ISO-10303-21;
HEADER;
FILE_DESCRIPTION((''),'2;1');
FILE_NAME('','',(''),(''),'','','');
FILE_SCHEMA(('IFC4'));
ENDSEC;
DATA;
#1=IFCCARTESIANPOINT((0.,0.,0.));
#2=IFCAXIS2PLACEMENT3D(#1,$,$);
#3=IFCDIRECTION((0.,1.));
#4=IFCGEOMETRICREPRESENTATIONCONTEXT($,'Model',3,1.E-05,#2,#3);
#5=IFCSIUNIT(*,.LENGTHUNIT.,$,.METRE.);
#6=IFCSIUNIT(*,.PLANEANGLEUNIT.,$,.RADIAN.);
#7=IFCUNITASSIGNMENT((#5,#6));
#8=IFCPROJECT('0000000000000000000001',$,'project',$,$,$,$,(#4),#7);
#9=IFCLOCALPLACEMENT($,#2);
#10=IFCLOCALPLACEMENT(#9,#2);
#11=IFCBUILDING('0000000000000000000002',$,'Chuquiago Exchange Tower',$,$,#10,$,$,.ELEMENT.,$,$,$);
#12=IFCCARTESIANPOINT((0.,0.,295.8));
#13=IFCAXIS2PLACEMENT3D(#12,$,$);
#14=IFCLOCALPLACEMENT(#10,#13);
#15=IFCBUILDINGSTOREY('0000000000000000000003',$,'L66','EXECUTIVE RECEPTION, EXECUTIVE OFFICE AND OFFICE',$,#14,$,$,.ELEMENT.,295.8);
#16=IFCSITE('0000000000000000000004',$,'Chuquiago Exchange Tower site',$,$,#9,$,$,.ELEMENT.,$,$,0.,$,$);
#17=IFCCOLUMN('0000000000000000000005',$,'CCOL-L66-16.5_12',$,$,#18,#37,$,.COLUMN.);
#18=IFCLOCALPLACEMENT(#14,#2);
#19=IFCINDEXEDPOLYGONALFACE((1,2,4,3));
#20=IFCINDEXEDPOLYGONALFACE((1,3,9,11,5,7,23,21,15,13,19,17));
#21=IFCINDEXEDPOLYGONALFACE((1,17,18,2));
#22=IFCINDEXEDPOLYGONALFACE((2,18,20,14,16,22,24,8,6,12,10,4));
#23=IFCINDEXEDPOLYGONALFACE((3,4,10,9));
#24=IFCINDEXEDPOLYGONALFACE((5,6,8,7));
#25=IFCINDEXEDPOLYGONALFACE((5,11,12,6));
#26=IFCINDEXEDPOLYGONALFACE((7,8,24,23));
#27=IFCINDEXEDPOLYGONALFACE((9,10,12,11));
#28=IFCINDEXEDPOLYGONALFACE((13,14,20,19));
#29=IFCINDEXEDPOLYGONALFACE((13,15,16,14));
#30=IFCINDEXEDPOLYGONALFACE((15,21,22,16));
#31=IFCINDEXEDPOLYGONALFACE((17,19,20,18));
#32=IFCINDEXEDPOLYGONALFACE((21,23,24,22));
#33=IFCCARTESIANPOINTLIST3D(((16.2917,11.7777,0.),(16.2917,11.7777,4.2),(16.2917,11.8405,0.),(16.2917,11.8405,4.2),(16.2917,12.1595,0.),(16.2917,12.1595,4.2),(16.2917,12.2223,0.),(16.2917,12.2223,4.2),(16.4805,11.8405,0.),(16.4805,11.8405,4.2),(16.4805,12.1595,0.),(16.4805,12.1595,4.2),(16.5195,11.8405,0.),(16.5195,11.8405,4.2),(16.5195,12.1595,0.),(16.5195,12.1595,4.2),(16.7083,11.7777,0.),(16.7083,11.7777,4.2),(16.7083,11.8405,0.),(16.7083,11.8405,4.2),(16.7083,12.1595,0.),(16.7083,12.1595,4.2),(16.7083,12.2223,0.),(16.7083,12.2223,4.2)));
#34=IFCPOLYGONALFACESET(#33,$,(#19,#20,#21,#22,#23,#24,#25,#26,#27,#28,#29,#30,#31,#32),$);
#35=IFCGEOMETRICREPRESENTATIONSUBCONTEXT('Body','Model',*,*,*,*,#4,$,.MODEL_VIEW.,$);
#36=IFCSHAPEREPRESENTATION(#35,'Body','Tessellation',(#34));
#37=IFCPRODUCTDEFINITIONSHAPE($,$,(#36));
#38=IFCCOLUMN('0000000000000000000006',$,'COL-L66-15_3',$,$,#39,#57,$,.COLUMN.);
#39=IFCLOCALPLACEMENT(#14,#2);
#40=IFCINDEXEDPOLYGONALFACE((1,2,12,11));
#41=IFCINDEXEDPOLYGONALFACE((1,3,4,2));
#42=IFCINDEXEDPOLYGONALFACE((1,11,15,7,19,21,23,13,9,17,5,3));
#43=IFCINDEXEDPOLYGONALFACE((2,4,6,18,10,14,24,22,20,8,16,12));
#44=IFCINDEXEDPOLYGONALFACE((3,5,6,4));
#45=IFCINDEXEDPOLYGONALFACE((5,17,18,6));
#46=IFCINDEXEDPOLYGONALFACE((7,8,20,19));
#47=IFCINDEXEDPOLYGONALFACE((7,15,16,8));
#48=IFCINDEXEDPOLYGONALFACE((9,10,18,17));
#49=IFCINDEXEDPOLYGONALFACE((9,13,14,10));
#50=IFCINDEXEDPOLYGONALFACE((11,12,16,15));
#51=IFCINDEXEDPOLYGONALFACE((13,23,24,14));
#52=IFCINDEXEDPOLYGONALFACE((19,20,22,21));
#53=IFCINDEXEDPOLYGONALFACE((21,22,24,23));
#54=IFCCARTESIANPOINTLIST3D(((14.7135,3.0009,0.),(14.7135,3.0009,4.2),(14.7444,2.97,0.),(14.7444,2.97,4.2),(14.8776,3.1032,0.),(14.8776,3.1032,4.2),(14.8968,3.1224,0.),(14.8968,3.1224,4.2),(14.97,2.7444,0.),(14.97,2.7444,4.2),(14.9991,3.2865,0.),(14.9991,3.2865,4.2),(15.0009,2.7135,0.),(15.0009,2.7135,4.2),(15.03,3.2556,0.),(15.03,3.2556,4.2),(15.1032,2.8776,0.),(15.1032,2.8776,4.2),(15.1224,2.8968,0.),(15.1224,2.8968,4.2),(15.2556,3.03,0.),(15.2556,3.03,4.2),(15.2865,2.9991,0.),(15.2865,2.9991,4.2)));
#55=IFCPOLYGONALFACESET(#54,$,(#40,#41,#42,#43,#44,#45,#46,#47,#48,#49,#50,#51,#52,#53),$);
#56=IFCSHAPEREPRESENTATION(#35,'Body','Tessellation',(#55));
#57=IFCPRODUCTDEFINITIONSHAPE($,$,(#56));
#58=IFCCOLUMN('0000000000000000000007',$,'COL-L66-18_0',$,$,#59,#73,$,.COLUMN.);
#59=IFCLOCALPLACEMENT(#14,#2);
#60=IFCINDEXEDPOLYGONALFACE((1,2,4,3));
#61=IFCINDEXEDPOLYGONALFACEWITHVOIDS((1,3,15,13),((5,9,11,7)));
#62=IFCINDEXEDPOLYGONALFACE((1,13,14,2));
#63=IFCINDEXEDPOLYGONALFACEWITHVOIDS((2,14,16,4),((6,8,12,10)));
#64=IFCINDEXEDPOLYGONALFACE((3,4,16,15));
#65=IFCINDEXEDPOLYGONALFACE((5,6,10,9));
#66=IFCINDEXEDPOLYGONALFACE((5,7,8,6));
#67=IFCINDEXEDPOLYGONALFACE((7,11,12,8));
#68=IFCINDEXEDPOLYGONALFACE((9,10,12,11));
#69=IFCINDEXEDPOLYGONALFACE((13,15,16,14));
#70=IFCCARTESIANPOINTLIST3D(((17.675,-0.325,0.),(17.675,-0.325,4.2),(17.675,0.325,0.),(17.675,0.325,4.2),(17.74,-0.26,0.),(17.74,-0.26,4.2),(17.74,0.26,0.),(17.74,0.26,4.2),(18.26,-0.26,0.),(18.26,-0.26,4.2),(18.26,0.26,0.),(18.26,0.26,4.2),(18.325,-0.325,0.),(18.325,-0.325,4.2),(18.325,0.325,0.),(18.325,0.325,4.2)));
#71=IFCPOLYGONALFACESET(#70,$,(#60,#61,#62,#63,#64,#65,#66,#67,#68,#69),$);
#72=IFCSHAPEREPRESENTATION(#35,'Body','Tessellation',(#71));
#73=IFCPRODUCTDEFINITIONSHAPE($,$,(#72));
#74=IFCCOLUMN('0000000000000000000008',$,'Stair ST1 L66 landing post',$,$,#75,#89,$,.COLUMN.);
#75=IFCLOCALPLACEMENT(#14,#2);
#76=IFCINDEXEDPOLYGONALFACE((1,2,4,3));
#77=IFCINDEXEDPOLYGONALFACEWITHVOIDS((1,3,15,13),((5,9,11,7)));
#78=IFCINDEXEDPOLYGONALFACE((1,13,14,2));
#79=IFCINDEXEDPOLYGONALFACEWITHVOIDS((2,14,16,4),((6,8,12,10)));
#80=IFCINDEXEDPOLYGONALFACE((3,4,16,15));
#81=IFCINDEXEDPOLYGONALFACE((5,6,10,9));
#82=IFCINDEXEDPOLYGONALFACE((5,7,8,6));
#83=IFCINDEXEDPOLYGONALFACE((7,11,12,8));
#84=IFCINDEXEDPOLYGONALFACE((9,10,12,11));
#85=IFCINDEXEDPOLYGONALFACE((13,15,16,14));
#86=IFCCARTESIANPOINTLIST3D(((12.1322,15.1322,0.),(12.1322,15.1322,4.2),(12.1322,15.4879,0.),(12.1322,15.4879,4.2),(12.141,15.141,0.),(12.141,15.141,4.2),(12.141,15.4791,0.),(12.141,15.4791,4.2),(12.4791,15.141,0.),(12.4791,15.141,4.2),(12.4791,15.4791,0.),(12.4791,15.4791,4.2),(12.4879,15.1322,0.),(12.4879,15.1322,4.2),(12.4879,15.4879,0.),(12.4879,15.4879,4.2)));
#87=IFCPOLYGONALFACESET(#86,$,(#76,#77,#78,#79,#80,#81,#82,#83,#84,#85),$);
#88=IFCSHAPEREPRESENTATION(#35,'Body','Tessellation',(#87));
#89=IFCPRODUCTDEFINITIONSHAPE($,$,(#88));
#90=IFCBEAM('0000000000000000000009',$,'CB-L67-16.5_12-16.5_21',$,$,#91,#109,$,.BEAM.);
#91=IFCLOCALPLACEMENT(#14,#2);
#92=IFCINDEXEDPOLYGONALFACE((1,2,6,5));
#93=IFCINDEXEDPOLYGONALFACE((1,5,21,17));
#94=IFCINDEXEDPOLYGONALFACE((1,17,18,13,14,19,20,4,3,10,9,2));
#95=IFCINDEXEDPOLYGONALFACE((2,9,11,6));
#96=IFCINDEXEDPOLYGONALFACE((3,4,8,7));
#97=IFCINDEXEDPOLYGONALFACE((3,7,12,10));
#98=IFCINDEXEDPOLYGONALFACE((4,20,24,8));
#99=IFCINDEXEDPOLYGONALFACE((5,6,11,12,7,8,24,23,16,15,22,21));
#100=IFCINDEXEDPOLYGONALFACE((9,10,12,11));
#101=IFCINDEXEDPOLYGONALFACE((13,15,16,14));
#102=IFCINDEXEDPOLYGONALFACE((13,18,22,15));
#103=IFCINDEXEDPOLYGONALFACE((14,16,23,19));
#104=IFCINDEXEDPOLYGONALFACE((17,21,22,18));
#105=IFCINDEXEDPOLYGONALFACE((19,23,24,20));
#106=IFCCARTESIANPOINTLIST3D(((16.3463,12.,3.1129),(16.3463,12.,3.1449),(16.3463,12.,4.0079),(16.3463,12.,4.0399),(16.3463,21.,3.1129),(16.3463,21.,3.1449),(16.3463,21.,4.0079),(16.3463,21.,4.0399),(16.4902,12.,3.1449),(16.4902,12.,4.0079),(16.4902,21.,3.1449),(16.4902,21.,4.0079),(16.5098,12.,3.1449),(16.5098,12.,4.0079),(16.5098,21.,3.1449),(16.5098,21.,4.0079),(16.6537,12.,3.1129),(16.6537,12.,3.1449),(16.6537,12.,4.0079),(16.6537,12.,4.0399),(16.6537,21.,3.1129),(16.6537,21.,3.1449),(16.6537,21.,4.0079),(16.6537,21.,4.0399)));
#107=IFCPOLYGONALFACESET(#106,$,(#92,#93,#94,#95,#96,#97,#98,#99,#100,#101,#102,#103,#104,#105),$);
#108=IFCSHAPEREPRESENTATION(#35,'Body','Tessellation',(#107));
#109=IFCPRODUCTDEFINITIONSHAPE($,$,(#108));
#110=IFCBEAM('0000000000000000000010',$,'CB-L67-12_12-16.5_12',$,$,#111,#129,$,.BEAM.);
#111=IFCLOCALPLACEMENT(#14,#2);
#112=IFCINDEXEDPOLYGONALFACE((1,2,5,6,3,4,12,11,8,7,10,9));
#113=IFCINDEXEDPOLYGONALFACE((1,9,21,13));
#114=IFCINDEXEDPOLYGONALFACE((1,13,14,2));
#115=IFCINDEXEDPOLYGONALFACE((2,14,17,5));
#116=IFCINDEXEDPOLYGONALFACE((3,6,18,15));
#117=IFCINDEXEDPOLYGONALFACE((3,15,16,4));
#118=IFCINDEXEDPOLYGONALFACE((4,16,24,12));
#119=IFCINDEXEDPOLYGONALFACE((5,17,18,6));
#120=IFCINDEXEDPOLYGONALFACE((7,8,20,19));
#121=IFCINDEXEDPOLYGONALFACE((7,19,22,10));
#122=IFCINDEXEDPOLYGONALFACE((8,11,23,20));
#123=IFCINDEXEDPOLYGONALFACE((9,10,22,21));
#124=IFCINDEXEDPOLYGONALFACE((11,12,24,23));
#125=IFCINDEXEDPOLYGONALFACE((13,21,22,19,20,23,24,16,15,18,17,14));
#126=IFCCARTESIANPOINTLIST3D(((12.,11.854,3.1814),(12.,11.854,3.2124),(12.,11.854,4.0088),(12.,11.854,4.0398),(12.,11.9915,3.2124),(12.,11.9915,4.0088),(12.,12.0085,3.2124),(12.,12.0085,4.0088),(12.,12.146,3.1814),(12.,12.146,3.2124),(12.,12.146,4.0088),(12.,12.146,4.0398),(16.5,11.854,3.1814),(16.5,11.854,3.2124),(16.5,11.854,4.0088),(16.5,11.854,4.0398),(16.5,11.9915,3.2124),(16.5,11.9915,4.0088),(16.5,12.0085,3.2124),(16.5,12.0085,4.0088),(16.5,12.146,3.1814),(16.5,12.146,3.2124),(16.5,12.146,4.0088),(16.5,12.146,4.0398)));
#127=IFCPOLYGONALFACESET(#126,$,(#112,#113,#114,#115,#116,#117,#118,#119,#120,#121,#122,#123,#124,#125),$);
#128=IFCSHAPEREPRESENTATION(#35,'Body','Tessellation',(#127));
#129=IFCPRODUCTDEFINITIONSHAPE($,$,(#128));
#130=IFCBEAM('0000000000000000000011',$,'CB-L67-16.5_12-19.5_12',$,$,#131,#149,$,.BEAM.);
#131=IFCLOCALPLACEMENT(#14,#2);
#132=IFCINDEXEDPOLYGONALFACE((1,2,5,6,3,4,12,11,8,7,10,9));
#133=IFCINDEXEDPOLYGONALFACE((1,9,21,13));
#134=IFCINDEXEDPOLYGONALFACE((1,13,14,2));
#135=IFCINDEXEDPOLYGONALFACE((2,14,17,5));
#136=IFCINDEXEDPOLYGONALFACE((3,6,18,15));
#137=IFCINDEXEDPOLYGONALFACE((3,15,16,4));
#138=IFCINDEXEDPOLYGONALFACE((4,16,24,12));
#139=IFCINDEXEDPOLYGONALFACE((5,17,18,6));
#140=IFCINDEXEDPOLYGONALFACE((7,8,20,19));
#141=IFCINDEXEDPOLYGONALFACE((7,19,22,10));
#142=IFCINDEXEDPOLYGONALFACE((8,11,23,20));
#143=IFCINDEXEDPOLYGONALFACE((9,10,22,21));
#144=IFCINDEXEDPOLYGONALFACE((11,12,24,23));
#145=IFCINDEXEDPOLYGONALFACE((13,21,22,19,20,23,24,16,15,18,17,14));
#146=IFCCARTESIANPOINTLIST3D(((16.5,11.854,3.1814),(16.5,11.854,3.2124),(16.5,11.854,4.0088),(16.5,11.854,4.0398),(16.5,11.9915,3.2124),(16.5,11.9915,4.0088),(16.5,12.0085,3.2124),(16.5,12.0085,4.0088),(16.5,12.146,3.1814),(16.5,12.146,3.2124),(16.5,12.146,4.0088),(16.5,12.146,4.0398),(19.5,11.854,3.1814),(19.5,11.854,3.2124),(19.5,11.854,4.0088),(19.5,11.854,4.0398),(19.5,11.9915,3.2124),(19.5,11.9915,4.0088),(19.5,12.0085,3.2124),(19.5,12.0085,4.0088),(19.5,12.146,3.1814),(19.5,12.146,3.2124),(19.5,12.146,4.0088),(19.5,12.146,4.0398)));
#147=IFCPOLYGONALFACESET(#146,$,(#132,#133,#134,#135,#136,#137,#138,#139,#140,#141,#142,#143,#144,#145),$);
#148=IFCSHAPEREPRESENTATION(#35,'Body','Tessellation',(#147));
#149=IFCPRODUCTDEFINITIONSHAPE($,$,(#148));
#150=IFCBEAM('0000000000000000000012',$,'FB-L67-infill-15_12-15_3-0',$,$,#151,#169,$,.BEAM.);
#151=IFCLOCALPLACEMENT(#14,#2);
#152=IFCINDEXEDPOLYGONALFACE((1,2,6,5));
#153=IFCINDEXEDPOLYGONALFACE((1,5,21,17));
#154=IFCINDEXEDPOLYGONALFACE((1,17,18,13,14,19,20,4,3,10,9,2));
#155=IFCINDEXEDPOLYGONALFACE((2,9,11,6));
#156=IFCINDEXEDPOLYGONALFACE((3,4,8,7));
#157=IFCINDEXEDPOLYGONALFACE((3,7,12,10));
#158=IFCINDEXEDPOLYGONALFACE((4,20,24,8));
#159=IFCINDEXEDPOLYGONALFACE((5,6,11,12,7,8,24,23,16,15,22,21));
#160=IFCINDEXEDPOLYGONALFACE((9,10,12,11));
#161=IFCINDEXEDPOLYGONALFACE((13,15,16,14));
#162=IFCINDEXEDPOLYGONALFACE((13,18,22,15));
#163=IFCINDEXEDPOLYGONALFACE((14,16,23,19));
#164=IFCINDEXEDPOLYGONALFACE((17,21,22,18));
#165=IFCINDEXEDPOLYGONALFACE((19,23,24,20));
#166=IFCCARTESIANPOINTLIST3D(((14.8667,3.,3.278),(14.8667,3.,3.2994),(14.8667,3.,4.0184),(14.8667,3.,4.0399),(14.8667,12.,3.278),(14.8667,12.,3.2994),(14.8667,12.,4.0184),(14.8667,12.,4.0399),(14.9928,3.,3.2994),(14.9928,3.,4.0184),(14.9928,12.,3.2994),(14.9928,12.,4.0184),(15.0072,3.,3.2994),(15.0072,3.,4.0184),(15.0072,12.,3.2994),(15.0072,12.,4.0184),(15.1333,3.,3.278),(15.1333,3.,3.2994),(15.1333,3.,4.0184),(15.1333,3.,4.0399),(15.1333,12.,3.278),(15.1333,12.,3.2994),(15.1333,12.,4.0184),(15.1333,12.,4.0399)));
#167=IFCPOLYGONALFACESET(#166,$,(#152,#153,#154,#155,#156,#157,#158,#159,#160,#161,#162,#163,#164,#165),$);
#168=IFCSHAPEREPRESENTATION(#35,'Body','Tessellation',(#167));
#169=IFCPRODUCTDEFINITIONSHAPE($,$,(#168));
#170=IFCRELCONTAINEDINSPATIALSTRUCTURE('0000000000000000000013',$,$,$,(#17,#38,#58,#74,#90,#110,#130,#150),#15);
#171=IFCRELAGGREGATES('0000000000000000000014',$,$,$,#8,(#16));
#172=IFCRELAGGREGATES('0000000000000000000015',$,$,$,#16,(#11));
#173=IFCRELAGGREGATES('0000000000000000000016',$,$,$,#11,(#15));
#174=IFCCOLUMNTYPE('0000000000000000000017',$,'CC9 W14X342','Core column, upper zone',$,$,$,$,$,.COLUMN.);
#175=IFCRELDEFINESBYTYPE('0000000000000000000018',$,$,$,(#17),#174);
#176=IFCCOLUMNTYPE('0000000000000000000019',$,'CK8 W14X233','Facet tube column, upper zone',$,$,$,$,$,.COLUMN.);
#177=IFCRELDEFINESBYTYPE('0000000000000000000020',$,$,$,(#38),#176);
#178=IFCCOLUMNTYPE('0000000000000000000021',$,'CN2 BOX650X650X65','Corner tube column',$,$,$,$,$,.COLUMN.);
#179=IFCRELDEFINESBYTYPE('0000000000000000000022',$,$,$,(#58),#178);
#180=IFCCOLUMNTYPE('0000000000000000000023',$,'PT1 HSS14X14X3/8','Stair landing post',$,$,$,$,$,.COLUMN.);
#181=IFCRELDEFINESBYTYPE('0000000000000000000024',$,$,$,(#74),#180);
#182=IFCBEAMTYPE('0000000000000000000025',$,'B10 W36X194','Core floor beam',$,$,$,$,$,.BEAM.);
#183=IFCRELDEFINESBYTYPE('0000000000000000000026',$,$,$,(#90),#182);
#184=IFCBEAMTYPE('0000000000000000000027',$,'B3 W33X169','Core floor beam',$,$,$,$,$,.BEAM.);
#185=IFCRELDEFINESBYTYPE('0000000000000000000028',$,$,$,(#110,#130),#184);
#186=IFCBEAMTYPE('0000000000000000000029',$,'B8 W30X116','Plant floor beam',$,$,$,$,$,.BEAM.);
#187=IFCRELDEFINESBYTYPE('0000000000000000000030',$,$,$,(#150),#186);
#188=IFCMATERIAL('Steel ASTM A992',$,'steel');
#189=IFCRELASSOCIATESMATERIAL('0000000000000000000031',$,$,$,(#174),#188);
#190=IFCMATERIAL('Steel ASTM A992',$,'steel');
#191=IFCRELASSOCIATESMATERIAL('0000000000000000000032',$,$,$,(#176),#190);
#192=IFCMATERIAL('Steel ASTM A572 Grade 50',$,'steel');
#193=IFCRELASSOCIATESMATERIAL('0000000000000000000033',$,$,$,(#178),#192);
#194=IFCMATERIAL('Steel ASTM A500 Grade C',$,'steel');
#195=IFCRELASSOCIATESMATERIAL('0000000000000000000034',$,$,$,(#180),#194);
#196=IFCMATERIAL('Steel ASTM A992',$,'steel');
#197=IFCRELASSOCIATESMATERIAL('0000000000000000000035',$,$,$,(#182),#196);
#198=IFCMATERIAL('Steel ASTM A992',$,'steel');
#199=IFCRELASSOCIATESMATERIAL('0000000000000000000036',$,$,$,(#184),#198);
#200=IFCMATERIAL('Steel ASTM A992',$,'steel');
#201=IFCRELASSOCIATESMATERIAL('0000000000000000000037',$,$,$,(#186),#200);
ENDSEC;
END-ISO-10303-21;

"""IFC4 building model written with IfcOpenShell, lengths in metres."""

from ifc_helpers import new_model, si_unit, direction, frame, origin, origin_2d, place, context, subcontext, project, spatial, hollow_rectangle, i_section, extrude, material, material_profile, profile_set, type_object, element, save


model = new_model("IFC4")

# Units and contexts
model_context = context("Model", 3, precision=1e-05, world=origin(), true_north=direction((0.0, 1.0)))
body_context = subcontext(model_context, "Body", "Model", "MODEL_VIEW")
ifc_project = project(units=[si_unit("LENGTHUNIT", "METRE"), si_unit("PLANEANGLEUNIT", "RADIAN")], contexts=[model_context])

# Site, building, storey
site_placement = place(None, origin())
site = spatial("IfcSite", under=ifc_project, at=site_placement, Name="Chuquiago Exchange Tower site", CompositionType="ELEMENT", RefElevation=0.0)
building_placement = place(site_placement, origin())
building = spatial("IfcBuilding", under=site, at=building_placement, Name="Chuquiago Exchange Tower", CompositionType="ELEMENT")
storey_placement = place(building_placement, frame((0.0, 0.0, 295.8)))
storey = spatial("IfcBuildingStorey", under=building, at=storey_placement, Name="L66", Description="EXECUTIVE RECEPTION, EXECUTIVE OFFICE AND OFFICE", CompositionType="ELEMENT", Elevation=295.8)

# Columns
ifc_material_1 = material(Name="Steel ASTM A992", Category="steel")
ifc_material_profile_1 = material_profile(ifc_material_1, i_section(OverallWidth=0.4165, OverallDepth=0.4446, WebThickness=0.0391, FlangeThickness=0.0627, at=origin_2d()), Name="W14X342")
ifc_profile_set_1 = profile_set([ifc_material_profile_1], Name="Steel ASTM A992")
column_type_1 = type_object("IfcColumnType", Name="CC9 W14X342", Description="Core column, upper zone", PredefinedType="COLUMN", material=ifc_profile_set_1)
column_1_placement = place(storey_placement, frame((16.5, 12.0, 0.0), z_axis=(0.0, 0.0, 1.0), x_axis=(1.0, 0.0, 0.0)))
element("IfcColumn", 1, at=column_1_placement, inside=storey, type_object=column_type_1, Name="CCOL-L66-16.5_12", PredefinedType="COLUMN", context=body_context, shape_type="SweptSolid", body=[
    extrude(i_section(OverallWidth=0.4165, OverallDepth=0.4446, WebThickness=0.0391, FlangeThickness=0.0627, at=origin_2d()), origin(), (0.0, 0.0, 1.0), 4.2),
])
ifc_material_2 = material(Name="Steel ASTM A992", Category="steel")
ifc_material_profile_2 = material_profile(ifc_material_2, i_section(OverallWidth=0.4038, OverallDepth=0.4065, WebThickness=0.0271, FlangeThickness=0.0437, at=origin_2d()), Name="W14X233")
ifc_profile_set_2 = profile_set([ifc_material_profile_2], Name="Steel ASTM A992")
column_type_2 = type_object("IfcColumnType", Name="CK8 W14X233", Description="Facet tube column, upper zone", PredefinedType="COLUMN", material=ifc_profile_set_2)
column_2_placement = place(storey_placement, frame((15.0, 3.0, 0.0), z_axis=(0.0, 0.0, 1.0), x_axis=(-0.707107, -0.707107, 0.0)))
element("IfcColumn", 2, at=column_2_placement, inside=storey, type_object=column_type_2, Name="COL-L66-15_3", PredefinedType="COLUMN", context=body_context, shape_type="SweptSolid", body=[
    extrude(i_section(OverallWidth=0.4038, OverallDepth=0.4065, WebThickness=0.0271, FlangeThickness=0.0437, at=origin_2d()), origin(), (0.0, 0.0, 1.0), 4.2),
])
ifc_material_3 = material(Name="Steel ASTM A572 Grade 50", Category="steel")
ifc_material_profile_3 = material_profile(ifc_material_3, hollow_rectangle(XDim=0.6499, YDim=0.6499, WallThickness=0.0649, at=origin_2d()), Name="BOX650X650X65")
ifc_profile_set_3 = profile_set([ifc_material_profile_3], Name="Steel ASTM A572 Grade 50")
column_type_3 = type_object("IfcColumnType", Name="CN2 BOX650X650X65", Description="Corner tube column", PredefinedType="COLUMN", material=ifc_profile_set_3)
column_3_placement = place(storey_placement, frame((18.0, 0.0, 0.0), z_axis=(0.0, 0.0, 1.0), x_axis=(0.0, -1.0, 0.0)))
element("IfcColumn", 3, at=column_3_placement, inside=storey, type_object=column_type_3, Name="COL-L66-18_0", PredefinedType="COLUMN", context=body_context, shape_type="SweptSolid", body=[
    extrude(hollow_rectangle(XDim=0.6499, YDim=0.6499, WallThickness=0.0649, at=origin_2d()), origin(), (0.0, 0.0, 1.0), 4.2),
])
ifc_material_4 = material(Name="Steel ASTM A500 Grade C", Category="steel")
ifc_material_profile_4 = material_profile(ifc_material_4, hollow_rectangle(XDim=0.3557, YDim=0.3557, WallThickness=0.0088, at=origin_2d()), Name="HSS14X14X3/8")
ifc_profile_set_4 = profile_set([ifc_material_profile_4], Name="Steel ASTM A500 Grade C")
column_type_4 = type_object("IfcColumnType", Name="PT1 HSS14X14X3/8", Description="Stair landing post", PredefinedType="COLUMN", material=ifc_profile_set_4)
column_4_placement = place(storey_placement, frame((12.3101, 15.3101, 0.0), z_axis=(0.0, 0.0, 1.0), x_axis=(1.0, 0.0, 0.0)))
element("IfcColumn", 4, at=column_4_placement, inside=storey, type_object=column_type_4, Name="Stair ST1 L66 landing post", PredefinedType="COLUMN", context=body_context, shape_type="SweptSolid", body=[
    extrude(hollow_rectangle(XDim=0.3557, YDim=0.3557, WallThickness=0.0088, at=origin_2d()), origin(), (0.0, 0.0, 1.0), 4.2),
])

# Beams
ifc_material_5 = material(Name="Steel ASTM A992", Category="steel")
ifc_material_profile_5 = material_profile(ifc_material_5, i_section(OverallWidth=0.3074, OverallDepth=0.927, WebThickness=0.0195, FlangeThickness=0.032, at=origin_2d()), Name="W36X194")
ifc_profile_set_5 = profile_set([ifc_material_profile_5], Name="Steel ASTM A992")
beam_type_1 = type_object("IfcBeamType", Name="B10 W36X194", Description="Core floor beam", PredefinedType="BEAM", material=ifc_profile_set_5)
beam_1_placement = place(storey_placement, frame((16.5, 12.0, 3.5764), z_axis=(0.0, 1.0, 0.0), x_axis=(-1.0, 0.0, 0.0)))
element("IfcBeam", 5, at=beam_1_placement, inside=storey, type_object=beam_type_1, Name="CB-L67-16.5_12-16.5_21", PredefinedType="BEAM", context=body_context, shape_type="SweptSolid", body=[
    extrude(i_section(OverallWidth=0.3074, OverallDepth=0.927, WebThickness=0.0195, FlangeThickness=0.032, at=origin_2d()), origin(), (0.0, 0.0, 1.0), 9.0),
])
ifc_material_6 = material(Name="Steel ASTM A992", Category="steel")
ifc_material_profile_6 = material_profile(ifc_material_6, i_section(OverallWidth=0.292, OverallDepth=0.8584, WebThickness=0.0171, FlangeThickness=0.031, at=origin_2d()), Name="W33X169")
ifc_profile_set_6 = profile_set([ifc_material_profile_6], Name="Steel ASTM A992")
beam_type_2 = type_object("IfcBeamType", Name="B3 W33X169", Description="Core floor beam", PredefinedType="BEAM", material=ifc_profile_set_6)
beam_2_placement = place(storey_placement, frame((12.0, 12.0, 3.6106), z_axis=(1.0, 0.0, 0.0), x_axis=(0.0, 1.0, 0.0)))
element("IfcBeam", 6, at=beam_2_placement, inside=storey, type_object=beam_type_2, Name="CB-L67-12_12-16.5_12", PredefinedType="BEAM", context=body_context, shape_type="SweptSolid", body=[
    extrude(i_section(OverallWidth=0.292, OverallDepth=0.8584, WebThickness=0.0171, FlangeThickness=0.031, at=origin_2d()), origin(), (0.0, 0.0, 1.0), 4.5),
])
beam_3_placement = place(storey_placement, frame((16.5, 12.0, 3.6106), z_axis=(1.0, 0.0, 0.0), x_axis=(0.0, 1.0, 0.0)))
element("IfcBeam", 7, at=beam_3_placement, inside=storey, type_object=beam_type_2, Name="CB-L67-16.5_12-19.5_12", PredefinedType="BEAM", context=body_context, shape_type="SweptSolid", body=[
    extrude(i_section(OverallWidth=0.292, OverallDepth=0.8584, WebThickness=0.0171, FlangeThickness=0.031, at=origin_2d()), origin(), (0.0, 0.0, 1.0), 3.0),
])
ifc_material_7 = material(Name="Steel ASTM A992", Category="steel")
ifc_material_profile_7 = material_profile(ifc_material_7, i_section(OverallWidth=0.2666, OverallDepth=0.762, WebThickness=0.0144, FlangeThickness=0.0215, at=origin_2d()), Name="W30X116")
ifc_profile_set_7 = profile_set([ifc_material_profile_7], Name="Steel ASTM A992")
beam_type_3 = type_object("IfcBeamType", Name="B8 W30X116", Description="Plant floor beam", PredefinedType="BEAM", material=ifc_profile_set_7)
beam_4_placement = place(storey_placement, frame((15.0, 12.0, 3.6589), z_axis=(0.0, -1.0, 0.0), x_axis=(1.0, 0.0, 0.0)))
element("IfcBeam", 8, at=beam_4_placement, inside=storey, type_object=beam_type_3, Name="FB-L67-infill-15_12-15_3-0", PredefinedType="BEAM", context=body_context, shape_type="SweptSolid", body=[
    extrude(i_section(OverallWidth=0.2666, OverallDepth=0.762, WebThickness=0.0144, FlangeThickness=0.0215, at=origin_2d()), origin(), (0.0, 0.0, 1.0), 9.0),
])

save(model, "model.ifc")
